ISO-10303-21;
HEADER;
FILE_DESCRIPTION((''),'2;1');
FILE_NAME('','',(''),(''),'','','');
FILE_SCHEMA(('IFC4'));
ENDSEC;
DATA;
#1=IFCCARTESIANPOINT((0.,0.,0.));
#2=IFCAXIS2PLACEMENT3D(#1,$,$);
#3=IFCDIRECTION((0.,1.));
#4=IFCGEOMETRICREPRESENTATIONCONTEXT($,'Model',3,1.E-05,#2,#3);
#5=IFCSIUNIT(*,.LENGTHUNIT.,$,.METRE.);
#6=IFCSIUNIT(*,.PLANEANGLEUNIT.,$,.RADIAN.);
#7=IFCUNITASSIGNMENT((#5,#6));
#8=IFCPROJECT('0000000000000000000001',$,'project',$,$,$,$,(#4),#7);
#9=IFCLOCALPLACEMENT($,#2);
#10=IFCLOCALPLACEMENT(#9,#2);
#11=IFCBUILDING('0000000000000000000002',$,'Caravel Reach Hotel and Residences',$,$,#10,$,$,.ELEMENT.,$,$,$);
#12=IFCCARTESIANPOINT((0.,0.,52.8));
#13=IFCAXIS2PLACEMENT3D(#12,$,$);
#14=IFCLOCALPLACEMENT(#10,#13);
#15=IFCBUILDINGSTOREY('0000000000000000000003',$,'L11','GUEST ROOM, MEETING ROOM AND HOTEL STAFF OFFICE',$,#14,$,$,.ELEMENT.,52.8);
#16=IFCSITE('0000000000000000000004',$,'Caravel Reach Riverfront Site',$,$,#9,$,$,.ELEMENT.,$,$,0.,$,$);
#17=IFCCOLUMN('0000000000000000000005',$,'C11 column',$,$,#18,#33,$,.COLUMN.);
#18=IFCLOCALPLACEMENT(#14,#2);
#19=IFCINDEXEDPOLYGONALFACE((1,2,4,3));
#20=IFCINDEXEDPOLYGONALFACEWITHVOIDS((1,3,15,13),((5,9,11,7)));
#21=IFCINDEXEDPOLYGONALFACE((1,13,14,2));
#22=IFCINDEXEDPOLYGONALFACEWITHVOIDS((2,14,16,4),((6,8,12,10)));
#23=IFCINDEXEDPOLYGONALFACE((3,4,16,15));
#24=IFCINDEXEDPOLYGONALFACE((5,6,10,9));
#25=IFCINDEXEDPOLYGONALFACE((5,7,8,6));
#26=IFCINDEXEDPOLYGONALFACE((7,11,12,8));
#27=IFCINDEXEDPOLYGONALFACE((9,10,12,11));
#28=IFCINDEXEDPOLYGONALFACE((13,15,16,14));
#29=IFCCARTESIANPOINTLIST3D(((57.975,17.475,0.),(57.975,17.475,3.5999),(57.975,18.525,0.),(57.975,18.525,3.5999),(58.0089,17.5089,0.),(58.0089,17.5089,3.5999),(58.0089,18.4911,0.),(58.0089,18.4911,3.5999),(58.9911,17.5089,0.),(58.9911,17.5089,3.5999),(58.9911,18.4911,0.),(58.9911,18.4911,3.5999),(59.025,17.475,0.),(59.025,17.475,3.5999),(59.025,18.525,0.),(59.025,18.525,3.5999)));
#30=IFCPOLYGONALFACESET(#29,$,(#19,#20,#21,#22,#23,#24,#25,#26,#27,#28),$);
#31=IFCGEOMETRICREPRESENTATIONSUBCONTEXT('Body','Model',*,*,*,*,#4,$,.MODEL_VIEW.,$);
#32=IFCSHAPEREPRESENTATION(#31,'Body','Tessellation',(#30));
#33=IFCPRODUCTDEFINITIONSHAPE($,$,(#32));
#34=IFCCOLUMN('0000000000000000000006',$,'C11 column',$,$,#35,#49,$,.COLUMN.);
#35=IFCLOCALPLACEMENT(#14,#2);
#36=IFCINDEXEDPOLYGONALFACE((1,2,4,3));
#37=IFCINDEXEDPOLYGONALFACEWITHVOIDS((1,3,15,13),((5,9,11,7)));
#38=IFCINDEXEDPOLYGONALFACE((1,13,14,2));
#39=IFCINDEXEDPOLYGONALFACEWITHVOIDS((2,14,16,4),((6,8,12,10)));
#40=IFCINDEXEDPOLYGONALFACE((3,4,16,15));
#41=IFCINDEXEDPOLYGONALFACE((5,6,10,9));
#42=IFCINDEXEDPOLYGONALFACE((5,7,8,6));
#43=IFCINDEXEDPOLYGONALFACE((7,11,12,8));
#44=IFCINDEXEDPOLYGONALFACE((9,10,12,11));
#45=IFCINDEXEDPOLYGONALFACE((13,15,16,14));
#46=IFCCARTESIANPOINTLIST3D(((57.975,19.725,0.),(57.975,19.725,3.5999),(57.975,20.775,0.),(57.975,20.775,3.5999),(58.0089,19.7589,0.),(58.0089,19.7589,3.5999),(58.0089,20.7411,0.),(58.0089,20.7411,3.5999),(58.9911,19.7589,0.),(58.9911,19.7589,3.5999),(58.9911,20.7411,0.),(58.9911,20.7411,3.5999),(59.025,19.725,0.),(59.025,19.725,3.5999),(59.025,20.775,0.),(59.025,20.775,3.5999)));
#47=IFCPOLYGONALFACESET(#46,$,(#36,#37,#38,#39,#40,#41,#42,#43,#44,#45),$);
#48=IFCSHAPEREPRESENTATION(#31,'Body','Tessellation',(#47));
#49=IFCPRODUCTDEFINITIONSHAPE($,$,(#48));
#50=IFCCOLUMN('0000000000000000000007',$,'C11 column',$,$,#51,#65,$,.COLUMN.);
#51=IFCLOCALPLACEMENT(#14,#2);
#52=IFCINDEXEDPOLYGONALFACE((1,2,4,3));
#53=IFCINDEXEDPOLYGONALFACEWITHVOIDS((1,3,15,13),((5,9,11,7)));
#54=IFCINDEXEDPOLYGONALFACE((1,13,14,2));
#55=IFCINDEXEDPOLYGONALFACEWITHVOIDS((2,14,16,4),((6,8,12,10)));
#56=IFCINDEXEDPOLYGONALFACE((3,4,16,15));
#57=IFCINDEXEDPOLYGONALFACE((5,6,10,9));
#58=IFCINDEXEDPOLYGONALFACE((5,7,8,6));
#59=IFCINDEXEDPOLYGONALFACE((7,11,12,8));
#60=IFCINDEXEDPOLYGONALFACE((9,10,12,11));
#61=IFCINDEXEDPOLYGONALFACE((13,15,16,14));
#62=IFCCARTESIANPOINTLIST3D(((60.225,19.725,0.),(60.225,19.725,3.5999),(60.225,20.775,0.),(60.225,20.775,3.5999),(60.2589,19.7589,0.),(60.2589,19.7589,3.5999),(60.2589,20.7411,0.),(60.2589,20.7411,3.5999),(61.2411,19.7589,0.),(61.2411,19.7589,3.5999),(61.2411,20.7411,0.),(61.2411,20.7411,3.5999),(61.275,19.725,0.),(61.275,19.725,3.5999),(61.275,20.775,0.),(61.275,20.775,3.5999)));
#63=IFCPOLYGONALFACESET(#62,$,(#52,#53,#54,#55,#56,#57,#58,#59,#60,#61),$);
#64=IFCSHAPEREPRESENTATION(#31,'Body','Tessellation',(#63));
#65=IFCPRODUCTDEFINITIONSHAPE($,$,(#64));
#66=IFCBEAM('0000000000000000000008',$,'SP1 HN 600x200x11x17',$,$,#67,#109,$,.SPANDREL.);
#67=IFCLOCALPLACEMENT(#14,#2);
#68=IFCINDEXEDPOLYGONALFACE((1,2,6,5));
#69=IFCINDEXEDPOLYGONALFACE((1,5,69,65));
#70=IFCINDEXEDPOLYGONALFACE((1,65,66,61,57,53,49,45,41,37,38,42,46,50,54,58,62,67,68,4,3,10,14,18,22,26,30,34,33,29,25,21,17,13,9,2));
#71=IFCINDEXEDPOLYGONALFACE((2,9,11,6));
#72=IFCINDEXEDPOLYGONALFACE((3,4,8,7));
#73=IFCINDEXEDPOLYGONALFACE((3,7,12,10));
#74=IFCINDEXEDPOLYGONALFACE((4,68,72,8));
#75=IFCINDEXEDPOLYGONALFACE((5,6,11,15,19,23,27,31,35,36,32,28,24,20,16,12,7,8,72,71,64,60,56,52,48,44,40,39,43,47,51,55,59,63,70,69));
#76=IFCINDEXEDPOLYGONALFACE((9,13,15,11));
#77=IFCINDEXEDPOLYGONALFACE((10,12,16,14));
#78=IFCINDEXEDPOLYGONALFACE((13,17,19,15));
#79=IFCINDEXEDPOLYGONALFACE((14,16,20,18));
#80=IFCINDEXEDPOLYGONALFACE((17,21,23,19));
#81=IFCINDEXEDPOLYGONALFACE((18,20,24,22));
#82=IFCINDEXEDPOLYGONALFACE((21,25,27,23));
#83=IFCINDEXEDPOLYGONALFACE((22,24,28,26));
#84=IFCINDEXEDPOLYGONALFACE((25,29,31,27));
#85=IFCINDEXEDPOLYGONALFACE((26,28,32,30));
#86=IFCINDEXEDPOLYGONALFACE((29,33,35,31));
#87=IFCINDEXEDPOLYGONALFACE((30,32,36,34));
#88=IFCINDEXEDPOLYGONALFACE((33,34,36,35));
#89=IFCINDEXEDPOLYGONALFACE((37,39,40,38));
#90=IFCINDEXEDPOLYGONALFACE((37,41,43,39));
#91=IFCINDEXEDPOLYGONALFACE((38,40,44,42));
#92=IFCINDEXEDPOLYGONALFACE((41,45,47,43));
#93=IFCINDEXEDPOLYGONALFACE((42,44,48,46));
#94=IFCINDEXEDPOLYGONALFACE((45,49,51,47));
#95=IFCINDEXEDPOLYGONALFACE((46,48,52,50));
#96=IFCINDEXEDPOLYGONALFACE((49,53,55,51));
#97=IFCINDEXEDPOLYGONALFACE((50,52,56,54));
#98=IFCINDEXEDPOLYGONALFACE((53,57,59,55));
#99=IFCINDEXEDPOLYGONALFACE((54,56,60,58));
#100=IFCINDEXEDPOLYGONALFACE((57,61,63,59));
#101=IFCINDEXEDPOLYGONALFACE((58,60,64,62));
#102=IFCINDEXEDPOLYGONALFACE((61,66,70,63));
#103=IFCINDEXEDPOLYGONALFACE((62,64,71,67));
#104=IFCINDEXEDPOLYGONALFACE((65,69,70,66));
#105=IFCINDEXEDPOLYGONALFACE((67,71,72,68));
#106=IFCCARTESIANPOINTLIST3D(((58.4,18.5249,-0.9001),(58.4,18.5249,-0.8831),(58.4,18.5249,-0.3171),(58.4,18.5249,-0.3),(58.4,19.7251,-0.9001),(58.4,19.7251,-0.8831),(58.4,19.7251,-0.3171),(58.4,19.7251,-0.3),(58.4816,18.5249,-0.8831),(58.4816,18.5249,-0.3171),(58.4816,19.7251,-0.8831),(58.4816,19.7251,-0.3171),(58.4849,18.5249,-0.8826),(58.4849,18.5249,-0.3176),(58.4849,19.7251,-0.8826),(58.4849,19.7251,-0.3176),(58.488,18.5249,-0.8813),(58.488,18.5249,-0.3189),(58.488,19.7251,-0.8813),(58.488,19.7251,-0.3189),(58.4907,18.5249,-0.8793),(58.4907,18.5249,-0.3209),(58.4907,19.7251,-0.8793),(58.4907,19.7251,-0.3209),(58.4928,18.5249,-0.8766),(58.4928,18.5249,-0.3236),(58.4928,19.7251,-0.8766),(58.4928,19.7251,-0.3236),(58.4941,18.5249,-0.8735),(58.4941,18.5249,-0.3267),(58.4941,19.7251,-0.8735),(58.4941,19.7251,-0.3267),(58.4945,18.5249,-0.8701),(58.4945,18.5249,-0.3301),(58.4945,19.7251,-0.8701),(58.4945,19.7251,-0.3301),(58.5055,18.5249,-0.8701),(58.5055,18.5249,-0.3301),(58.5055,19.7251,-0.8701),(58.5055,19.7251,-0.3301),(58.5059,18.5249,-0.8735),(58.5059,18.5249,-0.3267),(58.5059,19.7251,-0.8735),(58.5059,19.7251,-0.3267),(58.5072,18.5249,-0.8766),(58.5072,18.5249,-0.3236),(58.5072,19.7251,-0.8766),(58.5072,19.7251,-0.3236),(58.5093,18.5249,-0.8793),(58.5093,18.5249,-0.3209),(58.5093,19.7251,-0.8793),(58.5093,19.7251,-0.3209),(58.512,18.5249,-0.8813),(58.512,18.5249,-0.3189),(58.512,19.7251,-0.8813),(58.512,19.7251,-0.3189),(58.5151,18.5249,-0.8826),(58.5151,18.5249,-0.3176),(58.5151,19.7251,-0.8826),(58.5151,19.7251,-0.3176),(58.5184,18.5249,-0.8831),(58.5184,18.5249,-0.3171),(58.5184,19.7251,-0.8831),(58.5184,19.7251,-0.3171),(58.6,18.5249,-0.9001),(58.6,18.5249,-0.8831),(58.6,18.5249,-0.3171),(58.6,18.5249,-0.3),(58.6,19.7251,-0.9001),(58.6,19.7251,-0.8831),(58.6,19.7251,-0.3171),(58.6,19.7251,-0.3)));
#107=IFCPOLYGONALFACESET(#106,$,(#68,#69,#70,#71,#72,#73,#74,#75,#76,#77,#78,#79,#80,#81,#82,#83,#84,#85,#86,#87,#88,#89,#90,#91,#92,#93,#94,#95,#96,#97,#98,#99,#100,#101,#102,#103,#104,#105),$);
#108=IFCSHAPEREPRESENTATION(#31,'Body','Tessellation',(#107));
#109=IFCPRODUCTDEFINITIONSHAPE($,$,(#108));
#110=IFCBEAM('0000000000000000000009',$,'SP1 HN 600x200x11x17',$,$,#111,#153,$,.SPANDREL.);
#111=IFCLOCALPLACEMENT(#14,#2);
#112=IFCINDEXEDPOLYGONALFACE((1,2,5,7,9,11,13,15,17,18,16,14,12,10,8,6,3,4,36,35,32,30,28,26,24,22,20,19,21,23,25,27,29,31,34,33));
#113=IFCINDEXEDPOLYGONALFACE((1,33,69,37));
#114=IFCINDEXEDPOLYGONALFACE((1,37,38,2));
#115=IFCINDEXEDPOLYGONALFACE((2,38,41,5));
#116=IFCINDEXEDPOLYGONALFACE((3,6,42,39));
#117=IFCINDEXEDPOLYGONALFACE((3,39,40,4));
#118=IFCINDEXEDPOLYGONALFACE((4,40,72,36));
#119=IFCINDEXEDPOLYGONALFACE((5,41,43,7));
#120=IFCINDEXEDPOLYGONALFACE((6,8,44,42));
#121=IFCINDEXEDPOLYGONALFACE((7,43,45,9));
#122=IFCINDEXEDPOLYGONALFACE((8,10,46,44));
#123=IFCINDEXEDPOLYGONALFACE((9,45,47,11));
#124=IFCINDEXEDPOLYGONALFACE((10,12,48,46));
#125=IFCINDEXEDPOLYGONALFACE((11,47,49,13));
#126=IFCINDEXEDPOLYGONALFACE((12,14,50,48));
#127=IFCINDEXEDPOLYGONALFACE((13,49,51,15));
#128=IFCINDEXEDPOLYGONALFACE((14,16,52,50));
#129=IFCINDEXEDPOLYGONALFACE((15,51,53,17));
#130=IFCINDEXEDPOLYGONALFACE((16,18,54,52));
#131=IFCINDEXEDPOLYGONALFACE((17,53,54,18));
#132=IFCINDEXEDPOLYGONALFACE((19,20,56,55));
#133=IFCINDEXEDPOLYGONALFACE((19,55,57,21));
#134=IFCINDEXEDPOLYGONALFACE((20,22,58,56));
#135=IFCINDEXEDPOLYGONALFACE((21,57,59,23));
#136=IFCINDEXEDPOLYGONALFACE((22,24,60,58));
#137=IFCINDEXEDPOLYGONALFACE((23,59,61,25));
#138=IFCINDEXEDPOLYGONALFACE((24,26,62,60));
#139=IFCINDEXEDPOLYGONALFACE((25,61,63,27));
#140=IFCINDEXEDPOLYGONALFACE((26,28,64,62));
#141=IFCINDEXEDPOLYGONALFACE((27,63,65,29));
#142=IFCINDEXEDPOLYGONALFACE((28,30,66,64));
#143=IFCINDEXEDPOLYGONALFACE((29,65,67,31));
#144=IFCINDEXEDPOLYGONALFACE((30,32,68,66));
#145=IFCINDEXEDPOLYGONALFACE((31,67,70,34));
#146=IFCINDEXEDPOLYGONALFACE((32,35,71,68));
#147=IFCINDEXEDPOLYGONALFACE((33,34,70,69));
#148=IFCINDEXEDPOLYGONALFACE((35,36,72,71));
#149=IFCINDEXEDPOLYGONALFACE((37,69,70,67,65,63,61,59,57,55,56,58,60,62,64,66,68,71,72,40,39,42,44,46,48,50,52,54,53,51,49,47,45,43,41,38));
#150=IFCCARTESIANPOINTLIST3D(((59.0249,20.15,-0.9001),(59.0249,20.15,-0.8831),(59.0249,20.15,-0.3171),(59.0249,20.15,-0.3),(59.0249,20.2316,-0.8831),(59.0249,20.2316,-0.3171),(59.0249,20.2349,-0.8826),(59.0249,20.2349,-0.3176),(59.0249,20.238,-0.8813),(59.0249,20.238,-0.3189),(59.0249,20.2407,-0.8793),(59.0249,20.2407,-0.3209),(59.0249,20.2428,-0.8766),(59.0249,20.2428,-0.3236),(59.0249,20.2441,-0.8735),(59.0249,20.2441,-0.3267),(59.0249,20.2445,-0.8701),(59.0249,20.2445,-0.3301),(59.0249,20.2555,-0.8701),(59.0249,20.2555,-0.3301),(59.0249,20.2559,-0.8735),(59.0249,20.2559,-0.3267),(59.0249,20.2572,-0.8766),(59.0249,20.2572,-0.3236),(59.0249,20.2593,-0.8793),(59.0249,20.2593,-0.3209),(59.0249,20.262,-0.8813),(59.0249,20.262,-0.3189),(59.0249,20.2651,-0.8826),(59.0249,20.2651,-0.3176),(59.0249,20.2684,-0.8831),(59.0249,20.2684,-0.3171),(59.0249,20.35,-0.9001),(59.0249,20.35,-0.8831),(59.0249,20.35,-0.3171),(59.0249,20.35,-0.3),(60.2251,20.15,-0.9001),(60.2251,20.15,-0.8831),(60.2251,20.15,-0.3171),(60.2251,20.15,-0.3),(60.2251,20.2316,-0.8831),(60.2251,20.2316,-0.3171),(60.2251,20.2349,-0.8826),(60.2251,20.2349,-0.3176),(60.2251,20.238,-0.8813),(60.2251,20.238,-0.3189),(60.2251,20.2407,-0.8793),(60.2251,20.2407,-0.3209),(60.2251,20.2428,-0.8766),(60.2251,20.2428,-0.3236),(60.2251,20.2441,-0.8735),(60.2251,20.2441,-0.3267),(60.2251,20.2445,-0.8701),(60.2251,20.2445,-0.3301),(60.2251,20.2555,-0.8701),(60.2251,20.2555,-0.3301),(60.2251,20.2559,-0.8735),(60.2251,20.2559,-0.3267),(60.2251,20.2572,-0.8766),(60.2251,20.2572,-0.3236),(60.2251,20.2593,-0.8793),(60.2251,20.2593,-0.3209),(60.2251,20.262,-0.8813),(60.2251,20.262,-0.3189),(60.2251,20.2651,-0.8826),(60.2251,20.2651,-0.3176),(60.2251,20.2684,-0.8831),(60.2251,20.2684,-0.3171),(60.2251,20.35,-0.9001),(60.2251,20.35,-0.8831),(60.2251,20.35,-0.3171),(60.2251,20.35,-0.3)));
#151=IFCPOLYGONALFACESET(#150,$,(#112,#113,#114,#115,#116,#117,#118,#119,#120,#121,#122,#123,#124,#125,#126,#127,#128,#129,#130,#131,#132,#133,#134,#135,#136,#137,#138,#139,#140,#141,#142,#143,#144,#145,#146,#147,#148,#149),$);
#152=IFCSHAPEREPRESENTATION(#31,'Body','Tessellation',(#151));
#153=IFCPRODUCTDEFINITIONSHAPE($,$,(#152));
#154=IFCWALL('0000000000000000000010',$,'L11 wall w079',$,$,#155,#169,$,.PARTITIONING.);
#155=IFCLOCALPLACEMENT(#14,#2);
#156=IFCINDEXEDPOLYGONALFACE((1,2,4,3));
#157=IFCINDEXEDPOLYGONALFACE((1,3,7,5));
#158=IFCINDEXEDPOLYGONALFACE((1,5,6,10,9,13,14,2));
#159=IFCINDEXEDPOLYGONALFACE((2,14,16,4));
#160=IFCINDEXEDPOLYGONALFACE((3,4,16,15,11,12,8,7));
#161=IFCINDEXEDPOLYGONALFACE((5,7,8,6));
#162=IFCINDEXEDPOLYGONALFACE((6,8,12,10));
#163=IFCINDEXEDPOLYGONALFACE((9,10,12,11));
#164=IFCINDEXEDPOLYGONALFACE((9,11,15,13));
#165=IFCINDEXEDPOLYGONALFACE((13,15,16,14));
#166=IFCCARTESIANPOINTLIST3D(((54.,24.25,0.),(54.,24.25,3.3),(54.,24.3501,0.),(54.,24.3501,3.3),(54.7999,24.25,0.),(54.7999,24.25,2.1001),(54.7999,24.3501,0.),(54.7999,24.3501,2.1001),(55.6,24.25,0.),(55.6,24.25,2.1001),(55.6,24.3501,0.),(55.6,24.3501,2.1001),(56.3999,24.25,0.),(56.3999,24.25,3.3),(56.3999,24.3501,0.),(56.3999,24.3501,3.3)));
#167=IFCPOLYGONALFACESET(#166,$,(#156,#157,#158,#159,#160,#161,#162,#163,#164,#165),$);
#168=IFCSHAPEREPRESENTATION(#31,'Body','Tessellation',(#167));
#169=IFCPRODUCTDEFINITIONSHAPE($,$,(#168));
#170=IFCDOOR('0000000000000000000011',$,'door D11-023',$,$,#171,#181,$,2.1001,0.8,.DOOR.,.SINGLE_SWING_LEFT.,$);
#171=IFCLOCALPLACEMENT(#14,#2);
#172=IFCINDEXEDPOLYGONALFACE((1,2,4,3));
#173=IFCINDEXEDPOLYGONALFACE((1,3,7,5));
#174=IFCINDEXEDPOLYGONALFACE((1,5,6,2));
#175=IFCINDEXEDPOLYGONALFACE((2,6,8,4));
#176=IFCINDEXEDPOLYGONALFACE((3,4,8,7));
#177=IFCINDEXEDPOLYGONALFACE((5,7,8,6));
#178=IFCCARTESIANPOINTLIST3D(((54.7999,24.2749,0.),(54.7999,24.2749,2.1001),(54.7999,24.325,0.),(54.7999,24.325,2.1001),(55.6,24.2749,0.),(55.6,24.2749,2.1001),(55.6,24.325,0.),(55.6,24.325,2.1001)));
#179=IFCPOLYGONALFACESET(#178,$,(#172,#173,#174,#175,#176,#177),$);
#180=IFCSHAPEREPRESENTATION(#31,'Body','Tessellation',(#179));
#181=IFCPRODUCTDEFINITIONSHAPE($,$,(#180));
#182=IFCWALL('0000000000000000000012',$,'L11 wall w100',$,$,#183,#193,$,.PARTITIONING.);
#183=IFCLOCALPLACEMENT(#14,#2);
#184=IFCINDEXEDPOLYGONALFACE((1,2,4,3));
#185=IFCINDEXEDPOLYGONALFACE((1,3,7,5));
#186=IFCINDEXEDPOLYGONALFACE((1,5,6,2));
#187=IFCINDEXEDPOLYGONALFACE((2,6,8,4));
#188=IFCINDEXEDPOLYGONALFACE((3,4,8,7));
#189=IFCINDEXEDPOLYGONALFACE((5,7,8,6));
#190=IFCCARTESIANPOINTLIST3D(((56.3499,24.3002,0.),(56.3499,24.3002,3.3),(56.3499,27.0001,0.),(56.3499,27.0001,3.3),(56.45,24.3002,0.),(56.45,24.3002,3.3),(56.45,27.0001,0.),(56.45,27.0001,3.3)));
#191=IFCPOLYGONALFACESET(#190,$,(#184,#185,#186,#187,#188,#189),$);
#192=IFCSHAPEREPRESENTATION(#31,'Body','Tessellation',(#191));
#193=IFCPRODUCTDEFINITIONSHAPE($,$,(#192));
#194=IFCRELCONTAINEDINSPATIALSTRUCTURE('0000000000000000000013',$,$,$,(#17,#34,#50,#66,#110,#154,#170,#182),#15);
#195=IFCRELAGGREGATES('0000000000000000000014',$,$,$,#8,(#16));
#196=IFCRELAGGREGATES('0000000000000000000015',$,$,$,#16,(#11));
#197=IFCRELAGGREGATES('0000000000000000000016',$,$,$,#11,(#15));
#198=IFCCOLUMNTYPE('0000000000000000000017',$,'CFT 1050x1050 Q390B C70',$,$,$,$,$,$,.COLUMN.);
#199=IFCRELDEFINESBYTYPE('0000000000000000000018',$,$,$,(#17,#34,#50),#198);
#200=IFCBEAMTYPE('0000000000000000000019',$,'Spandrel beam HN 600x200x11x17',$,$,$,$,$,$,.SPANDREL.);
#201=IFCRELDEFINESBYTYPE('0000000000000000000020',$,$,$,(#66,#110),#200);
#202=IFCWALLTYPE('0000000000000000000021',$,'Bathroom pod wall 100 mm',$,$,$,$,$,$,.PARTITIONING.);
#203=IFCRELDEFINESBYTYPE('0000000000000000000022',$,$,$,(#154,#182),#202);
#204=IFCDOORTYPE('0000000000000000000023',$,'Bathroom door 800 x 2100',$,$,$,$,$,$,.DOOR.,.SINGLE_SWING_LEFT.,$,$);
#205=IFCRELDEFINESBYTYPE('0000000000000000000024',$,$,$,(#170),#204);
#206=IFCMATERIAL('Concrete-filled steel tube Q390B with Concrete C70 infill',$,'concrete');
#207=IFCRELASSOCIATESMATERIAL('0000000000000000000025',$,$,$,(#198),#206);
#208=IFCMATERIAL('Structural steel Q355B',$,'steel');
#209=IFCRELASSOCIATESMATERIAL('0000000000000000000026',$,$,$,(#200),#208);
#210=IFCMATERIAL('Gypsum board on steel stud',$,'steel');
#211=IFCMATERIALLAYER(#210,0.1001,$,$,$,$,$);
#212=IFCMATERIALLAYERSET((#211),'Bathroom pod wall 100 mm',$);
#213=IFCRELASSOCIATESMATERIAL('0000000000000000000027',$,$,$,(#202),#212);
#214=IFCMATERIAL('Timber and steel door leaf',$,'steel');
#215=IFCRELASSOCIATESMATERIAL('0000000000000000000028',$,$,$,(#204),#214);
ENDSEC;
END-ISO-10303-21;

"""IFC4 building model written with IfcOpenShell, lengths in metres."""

from ifc_helpers import new_model, si_unit, direction, frame, frame_2d, origin, origin_2d, place, context, subcontext, project, spatial, rectangle, hollow_rectangle, i_section, extrude, material, layer, layer_set, material_profile, profile_set, type_object, element, fill, save


model = new_model("IFC4")

# Units and contexts
model_context = context("Model", 3, precision=1e-05, world=origin(), true_north=direction((0.0, 1.0)))
body_context = subcontext(model_context, "Body", "Model", "MODEL_VIEW")
ifc_project = project(units=[si_unit("LENGTHUNIT", "METRE"), si_unit("PLANEANGLEUNIT", "RADIAN")], contexts=[model_context])

# Site, building, storey
site_placement = place(None, origin())
site = spatial("IfcSite", under=ifc_project, at=site_placement, Name="Caravel Reach Riverfront Site", CompositionType="ELEMENT", RefElevation=0.0)
building_placement = place(site_placement, origin())
building = spatial("IfcBuilding", under=site, at=building_placement, Name="Caravel Reach Hotel and Residences", CompositionType="ELEMENT")
storey_placement = place(building_placement, frame((0.0, 0.0, 52.8)))
storey = spatial("IfcBuildingStorey", under=building, at=storey_placement, Name="L11", Description="GUEST ROOM, MEETING ROOM AND HOTEL STAFF OFFICE", CompositionType="ELEMENT", Elevation=52.8)

# Columns
ifc_material_1 = material(Name="Concrete-filled steel tube Q390B with Concrete C70 infill", Category="concrete")
ifc_material_profile_1 = material_profile(ifc_material_1, hollow_rectangle(XDim=1.05, YDim=1.05, WallThickness=0.0339, at=origin_2d()), Name="RHS 1050x1050x34")
ifc_profile_set_1 = profile_set([ifc_material_profile_1], Name="Concrete-filled steel tube Q390B with Concrete C70 infill")
column_type = type_object("IfcColumnType", Name="CFT 1050x1050 Q390B C70", PredefinedType="COLUMN", material=ifc_profile_set_1)
for number, where, z_axis, x_axis, name in (
    (1, (58.5, 18.0, 0.0), (0.0, 0.0, 1.0), (1.0, 0.0, 0.0), "C11 column"),
    (2, (58.5, 20.25, 0.0), (0.0, 0.0, 1.0), (1.0, 0.0, 0.0), "C11 column"),
    (3, (60.75, 20.25, 0.0), (0.0, 0.0, 1.0), (1.0, 0.0, 0.0), "C11 column"),
):
    element("IfcColumn", number, at=place(storey_placement, frame(where, z_axis=z_axis, x_axis=x_axis)), inside=storey, type_object=column_type, Name=name, PredefinedType="COLUMN", context=body_context, shape_type="SweptSolid", body=[
        extrude(hollow_rectangle(XDim=1.05, YDim=1.05, WallThickness=0.0339, at=origin_2d()), origin(), (0.0, 0.0, 1.0), 3.5999),
    ])

# Beams
ifc_material_2 = material(Name="Structural steel Q355B", Category="steel")
ifc_material_profile_2 = material_profile(ifc_material_2, i_section(OverallWidth=0.2, OverallDepth=0.6001, WebThickness=0.011, FlangeThickness=0.0171, FilletRadius=0.0129, at=origin_2d()), Name="HN 600x200x11x17")
ifc_profile_set_2 = profile_set([ifc_material_profile_2], Name="Structural steel Q355B")
beam_type = type_object("IfcBeamType", Name="Spandrel beam HN 600x200x11x17", PredefinedType="SPANDREL", material=ifc_profile_set_2)
for number, where, z_axis, x_axis, name in (
    (4, (58.5, 18.5249, -0.6001), (0.0, 1.0, 0.0), (-1.0, 0.0, 0.0), "SP1 HN 600x200x11x17"),
    (5, (59.0249, 20.25, -0.6001), (1.0, 0.0, 0.0), (0.0, 1.0, 0.0), "SP1 HN 600x200x11x17"),
):
    element("IfcBeam", number, at=place(storey_placement, frame(where, z_axis=z_axis, x_axis=x_axis)), inside=storey, type_object=beam_type, Name=name, PredefinedType="SPANDREL", context=body_context, shape_type="SweptSolid", body=[
        extrude(i_section(OverallWidth=0.2, OverallDepth=0.6001, WebThickness=0.011, FlangeThickness=0.0171, FilletRadius=0.0129, at=origin_2d()), origin(), (0.0, 0.0, 1.0), 1.2002),
    ])

# Wall, opening, door
ifc_material_3 = material(Name="Gypsum board on steel stud", Category="steel")
ifc_layer_1 = layer(ifc_material_3, 0.1001)
ifc_layer_set_1 = layer_set([ifc_layer_1], Name="Bathroom pod wall 100 mm")
wall_type_1 = type_object("IfcWallType", Name="Bathroom pod wall 100 mm", PredefinedType="PARTITIONING", material=ifc_layer_set_1)
wall_1_placement = place(storey_placement, frame((54.0, 24.3, 0.0), z_axis=(0.0, 0.0, 1.0), x_axis=(1.0, 0.0, 0.0)))
wall_1 = element("IfcWall", 6, at=wall_1_placement, inside=storey, type_object=wall_type_1, Name="L11 wall w079", PredefinedType="PARTITIONING", context=body_context, shape_type="SweptSolid", body=[
    extrude(rectangle(XDim=2.3999, YDim=0.1001, at=frame_2d((1.2, 0.0))), origin(), (0.0, 0.0, 1.0), 3.3),
])
opening_1_placement = place(wall_1_placement, frame((0.8, 0.0, 0.0)))
opening_1 = element("IfcOpeningElement", 7, at=opening_1_placement, cuts=wall_1, PredefinedType="OPENING", context=body_context, shape_type="SweptSolid", body=[
    extrude(rectangle(XDim=0.8, YDim=2.1001, at=frame_2d((0.3999, 1.05))), frame((0.0, 0.0601, 0.0), z_axis=(0.0, -1.0, 0.0), x_axis=(1.0, 0.0, 0.0)), (0.0, 0.0, 1.0), 0.1201),
])
ifc_material_4 = material(Name="Timber and steel door leaf", Category="steel")
door_type = type_object("IfcDoorType", Name="Bathroom door 800 x 2100", OperationType="SINGLE_SWING_LEFT", PredefinedType="DOOR", material=ifc_material_4)
door_placement = place(opening_1_placement, origin())
door = element("IfcDoor", 8, at=door_placement, inside=storey, type_object=door_type, Name="door D11-023", OperationType="SINGLE_SWING_LEFT", OverallHeight=2.1001, OverallWidth=0.8, PredefinedType="DOOR", context=body_context, shape_type="SweptSolid", body=[
    extrude(rectangle(XDim=0.8, YDim=2.1001, at=frame_2d((0.3999, 1.05))), frame((0.0, 0.0249, 0.0), z_axis=(0.0, -1.0, 0.0), x_axis=(1.0, 0.0, 0.0)), (0.0, 0.0, 1.0), 0.05),
])
fill(opening_1, door)

# Wall
wall_2_placement = place(storey_placement, frame((56.3999, 24.3, 0.0), z_axis=(0.0, 0.0, 1.0), x_axis=(0.0, 1.0, 0.0)))
element("IfcWall", 9, at=wall_2_placement, inside=storey, type_object=wall_type_1, Name="L11 wall w100", PredefinedType="PARTITIONING", context=body_context, shape_type="SweptSolid", body=[
    extrude(rectangle(XDim=2.7, YDim=0.1001, at=frame_2d((1.3501, 0.0))), origin(), (0.0, 0.0, 1.0), 3.3),
])

save(model, "model.ifc")
